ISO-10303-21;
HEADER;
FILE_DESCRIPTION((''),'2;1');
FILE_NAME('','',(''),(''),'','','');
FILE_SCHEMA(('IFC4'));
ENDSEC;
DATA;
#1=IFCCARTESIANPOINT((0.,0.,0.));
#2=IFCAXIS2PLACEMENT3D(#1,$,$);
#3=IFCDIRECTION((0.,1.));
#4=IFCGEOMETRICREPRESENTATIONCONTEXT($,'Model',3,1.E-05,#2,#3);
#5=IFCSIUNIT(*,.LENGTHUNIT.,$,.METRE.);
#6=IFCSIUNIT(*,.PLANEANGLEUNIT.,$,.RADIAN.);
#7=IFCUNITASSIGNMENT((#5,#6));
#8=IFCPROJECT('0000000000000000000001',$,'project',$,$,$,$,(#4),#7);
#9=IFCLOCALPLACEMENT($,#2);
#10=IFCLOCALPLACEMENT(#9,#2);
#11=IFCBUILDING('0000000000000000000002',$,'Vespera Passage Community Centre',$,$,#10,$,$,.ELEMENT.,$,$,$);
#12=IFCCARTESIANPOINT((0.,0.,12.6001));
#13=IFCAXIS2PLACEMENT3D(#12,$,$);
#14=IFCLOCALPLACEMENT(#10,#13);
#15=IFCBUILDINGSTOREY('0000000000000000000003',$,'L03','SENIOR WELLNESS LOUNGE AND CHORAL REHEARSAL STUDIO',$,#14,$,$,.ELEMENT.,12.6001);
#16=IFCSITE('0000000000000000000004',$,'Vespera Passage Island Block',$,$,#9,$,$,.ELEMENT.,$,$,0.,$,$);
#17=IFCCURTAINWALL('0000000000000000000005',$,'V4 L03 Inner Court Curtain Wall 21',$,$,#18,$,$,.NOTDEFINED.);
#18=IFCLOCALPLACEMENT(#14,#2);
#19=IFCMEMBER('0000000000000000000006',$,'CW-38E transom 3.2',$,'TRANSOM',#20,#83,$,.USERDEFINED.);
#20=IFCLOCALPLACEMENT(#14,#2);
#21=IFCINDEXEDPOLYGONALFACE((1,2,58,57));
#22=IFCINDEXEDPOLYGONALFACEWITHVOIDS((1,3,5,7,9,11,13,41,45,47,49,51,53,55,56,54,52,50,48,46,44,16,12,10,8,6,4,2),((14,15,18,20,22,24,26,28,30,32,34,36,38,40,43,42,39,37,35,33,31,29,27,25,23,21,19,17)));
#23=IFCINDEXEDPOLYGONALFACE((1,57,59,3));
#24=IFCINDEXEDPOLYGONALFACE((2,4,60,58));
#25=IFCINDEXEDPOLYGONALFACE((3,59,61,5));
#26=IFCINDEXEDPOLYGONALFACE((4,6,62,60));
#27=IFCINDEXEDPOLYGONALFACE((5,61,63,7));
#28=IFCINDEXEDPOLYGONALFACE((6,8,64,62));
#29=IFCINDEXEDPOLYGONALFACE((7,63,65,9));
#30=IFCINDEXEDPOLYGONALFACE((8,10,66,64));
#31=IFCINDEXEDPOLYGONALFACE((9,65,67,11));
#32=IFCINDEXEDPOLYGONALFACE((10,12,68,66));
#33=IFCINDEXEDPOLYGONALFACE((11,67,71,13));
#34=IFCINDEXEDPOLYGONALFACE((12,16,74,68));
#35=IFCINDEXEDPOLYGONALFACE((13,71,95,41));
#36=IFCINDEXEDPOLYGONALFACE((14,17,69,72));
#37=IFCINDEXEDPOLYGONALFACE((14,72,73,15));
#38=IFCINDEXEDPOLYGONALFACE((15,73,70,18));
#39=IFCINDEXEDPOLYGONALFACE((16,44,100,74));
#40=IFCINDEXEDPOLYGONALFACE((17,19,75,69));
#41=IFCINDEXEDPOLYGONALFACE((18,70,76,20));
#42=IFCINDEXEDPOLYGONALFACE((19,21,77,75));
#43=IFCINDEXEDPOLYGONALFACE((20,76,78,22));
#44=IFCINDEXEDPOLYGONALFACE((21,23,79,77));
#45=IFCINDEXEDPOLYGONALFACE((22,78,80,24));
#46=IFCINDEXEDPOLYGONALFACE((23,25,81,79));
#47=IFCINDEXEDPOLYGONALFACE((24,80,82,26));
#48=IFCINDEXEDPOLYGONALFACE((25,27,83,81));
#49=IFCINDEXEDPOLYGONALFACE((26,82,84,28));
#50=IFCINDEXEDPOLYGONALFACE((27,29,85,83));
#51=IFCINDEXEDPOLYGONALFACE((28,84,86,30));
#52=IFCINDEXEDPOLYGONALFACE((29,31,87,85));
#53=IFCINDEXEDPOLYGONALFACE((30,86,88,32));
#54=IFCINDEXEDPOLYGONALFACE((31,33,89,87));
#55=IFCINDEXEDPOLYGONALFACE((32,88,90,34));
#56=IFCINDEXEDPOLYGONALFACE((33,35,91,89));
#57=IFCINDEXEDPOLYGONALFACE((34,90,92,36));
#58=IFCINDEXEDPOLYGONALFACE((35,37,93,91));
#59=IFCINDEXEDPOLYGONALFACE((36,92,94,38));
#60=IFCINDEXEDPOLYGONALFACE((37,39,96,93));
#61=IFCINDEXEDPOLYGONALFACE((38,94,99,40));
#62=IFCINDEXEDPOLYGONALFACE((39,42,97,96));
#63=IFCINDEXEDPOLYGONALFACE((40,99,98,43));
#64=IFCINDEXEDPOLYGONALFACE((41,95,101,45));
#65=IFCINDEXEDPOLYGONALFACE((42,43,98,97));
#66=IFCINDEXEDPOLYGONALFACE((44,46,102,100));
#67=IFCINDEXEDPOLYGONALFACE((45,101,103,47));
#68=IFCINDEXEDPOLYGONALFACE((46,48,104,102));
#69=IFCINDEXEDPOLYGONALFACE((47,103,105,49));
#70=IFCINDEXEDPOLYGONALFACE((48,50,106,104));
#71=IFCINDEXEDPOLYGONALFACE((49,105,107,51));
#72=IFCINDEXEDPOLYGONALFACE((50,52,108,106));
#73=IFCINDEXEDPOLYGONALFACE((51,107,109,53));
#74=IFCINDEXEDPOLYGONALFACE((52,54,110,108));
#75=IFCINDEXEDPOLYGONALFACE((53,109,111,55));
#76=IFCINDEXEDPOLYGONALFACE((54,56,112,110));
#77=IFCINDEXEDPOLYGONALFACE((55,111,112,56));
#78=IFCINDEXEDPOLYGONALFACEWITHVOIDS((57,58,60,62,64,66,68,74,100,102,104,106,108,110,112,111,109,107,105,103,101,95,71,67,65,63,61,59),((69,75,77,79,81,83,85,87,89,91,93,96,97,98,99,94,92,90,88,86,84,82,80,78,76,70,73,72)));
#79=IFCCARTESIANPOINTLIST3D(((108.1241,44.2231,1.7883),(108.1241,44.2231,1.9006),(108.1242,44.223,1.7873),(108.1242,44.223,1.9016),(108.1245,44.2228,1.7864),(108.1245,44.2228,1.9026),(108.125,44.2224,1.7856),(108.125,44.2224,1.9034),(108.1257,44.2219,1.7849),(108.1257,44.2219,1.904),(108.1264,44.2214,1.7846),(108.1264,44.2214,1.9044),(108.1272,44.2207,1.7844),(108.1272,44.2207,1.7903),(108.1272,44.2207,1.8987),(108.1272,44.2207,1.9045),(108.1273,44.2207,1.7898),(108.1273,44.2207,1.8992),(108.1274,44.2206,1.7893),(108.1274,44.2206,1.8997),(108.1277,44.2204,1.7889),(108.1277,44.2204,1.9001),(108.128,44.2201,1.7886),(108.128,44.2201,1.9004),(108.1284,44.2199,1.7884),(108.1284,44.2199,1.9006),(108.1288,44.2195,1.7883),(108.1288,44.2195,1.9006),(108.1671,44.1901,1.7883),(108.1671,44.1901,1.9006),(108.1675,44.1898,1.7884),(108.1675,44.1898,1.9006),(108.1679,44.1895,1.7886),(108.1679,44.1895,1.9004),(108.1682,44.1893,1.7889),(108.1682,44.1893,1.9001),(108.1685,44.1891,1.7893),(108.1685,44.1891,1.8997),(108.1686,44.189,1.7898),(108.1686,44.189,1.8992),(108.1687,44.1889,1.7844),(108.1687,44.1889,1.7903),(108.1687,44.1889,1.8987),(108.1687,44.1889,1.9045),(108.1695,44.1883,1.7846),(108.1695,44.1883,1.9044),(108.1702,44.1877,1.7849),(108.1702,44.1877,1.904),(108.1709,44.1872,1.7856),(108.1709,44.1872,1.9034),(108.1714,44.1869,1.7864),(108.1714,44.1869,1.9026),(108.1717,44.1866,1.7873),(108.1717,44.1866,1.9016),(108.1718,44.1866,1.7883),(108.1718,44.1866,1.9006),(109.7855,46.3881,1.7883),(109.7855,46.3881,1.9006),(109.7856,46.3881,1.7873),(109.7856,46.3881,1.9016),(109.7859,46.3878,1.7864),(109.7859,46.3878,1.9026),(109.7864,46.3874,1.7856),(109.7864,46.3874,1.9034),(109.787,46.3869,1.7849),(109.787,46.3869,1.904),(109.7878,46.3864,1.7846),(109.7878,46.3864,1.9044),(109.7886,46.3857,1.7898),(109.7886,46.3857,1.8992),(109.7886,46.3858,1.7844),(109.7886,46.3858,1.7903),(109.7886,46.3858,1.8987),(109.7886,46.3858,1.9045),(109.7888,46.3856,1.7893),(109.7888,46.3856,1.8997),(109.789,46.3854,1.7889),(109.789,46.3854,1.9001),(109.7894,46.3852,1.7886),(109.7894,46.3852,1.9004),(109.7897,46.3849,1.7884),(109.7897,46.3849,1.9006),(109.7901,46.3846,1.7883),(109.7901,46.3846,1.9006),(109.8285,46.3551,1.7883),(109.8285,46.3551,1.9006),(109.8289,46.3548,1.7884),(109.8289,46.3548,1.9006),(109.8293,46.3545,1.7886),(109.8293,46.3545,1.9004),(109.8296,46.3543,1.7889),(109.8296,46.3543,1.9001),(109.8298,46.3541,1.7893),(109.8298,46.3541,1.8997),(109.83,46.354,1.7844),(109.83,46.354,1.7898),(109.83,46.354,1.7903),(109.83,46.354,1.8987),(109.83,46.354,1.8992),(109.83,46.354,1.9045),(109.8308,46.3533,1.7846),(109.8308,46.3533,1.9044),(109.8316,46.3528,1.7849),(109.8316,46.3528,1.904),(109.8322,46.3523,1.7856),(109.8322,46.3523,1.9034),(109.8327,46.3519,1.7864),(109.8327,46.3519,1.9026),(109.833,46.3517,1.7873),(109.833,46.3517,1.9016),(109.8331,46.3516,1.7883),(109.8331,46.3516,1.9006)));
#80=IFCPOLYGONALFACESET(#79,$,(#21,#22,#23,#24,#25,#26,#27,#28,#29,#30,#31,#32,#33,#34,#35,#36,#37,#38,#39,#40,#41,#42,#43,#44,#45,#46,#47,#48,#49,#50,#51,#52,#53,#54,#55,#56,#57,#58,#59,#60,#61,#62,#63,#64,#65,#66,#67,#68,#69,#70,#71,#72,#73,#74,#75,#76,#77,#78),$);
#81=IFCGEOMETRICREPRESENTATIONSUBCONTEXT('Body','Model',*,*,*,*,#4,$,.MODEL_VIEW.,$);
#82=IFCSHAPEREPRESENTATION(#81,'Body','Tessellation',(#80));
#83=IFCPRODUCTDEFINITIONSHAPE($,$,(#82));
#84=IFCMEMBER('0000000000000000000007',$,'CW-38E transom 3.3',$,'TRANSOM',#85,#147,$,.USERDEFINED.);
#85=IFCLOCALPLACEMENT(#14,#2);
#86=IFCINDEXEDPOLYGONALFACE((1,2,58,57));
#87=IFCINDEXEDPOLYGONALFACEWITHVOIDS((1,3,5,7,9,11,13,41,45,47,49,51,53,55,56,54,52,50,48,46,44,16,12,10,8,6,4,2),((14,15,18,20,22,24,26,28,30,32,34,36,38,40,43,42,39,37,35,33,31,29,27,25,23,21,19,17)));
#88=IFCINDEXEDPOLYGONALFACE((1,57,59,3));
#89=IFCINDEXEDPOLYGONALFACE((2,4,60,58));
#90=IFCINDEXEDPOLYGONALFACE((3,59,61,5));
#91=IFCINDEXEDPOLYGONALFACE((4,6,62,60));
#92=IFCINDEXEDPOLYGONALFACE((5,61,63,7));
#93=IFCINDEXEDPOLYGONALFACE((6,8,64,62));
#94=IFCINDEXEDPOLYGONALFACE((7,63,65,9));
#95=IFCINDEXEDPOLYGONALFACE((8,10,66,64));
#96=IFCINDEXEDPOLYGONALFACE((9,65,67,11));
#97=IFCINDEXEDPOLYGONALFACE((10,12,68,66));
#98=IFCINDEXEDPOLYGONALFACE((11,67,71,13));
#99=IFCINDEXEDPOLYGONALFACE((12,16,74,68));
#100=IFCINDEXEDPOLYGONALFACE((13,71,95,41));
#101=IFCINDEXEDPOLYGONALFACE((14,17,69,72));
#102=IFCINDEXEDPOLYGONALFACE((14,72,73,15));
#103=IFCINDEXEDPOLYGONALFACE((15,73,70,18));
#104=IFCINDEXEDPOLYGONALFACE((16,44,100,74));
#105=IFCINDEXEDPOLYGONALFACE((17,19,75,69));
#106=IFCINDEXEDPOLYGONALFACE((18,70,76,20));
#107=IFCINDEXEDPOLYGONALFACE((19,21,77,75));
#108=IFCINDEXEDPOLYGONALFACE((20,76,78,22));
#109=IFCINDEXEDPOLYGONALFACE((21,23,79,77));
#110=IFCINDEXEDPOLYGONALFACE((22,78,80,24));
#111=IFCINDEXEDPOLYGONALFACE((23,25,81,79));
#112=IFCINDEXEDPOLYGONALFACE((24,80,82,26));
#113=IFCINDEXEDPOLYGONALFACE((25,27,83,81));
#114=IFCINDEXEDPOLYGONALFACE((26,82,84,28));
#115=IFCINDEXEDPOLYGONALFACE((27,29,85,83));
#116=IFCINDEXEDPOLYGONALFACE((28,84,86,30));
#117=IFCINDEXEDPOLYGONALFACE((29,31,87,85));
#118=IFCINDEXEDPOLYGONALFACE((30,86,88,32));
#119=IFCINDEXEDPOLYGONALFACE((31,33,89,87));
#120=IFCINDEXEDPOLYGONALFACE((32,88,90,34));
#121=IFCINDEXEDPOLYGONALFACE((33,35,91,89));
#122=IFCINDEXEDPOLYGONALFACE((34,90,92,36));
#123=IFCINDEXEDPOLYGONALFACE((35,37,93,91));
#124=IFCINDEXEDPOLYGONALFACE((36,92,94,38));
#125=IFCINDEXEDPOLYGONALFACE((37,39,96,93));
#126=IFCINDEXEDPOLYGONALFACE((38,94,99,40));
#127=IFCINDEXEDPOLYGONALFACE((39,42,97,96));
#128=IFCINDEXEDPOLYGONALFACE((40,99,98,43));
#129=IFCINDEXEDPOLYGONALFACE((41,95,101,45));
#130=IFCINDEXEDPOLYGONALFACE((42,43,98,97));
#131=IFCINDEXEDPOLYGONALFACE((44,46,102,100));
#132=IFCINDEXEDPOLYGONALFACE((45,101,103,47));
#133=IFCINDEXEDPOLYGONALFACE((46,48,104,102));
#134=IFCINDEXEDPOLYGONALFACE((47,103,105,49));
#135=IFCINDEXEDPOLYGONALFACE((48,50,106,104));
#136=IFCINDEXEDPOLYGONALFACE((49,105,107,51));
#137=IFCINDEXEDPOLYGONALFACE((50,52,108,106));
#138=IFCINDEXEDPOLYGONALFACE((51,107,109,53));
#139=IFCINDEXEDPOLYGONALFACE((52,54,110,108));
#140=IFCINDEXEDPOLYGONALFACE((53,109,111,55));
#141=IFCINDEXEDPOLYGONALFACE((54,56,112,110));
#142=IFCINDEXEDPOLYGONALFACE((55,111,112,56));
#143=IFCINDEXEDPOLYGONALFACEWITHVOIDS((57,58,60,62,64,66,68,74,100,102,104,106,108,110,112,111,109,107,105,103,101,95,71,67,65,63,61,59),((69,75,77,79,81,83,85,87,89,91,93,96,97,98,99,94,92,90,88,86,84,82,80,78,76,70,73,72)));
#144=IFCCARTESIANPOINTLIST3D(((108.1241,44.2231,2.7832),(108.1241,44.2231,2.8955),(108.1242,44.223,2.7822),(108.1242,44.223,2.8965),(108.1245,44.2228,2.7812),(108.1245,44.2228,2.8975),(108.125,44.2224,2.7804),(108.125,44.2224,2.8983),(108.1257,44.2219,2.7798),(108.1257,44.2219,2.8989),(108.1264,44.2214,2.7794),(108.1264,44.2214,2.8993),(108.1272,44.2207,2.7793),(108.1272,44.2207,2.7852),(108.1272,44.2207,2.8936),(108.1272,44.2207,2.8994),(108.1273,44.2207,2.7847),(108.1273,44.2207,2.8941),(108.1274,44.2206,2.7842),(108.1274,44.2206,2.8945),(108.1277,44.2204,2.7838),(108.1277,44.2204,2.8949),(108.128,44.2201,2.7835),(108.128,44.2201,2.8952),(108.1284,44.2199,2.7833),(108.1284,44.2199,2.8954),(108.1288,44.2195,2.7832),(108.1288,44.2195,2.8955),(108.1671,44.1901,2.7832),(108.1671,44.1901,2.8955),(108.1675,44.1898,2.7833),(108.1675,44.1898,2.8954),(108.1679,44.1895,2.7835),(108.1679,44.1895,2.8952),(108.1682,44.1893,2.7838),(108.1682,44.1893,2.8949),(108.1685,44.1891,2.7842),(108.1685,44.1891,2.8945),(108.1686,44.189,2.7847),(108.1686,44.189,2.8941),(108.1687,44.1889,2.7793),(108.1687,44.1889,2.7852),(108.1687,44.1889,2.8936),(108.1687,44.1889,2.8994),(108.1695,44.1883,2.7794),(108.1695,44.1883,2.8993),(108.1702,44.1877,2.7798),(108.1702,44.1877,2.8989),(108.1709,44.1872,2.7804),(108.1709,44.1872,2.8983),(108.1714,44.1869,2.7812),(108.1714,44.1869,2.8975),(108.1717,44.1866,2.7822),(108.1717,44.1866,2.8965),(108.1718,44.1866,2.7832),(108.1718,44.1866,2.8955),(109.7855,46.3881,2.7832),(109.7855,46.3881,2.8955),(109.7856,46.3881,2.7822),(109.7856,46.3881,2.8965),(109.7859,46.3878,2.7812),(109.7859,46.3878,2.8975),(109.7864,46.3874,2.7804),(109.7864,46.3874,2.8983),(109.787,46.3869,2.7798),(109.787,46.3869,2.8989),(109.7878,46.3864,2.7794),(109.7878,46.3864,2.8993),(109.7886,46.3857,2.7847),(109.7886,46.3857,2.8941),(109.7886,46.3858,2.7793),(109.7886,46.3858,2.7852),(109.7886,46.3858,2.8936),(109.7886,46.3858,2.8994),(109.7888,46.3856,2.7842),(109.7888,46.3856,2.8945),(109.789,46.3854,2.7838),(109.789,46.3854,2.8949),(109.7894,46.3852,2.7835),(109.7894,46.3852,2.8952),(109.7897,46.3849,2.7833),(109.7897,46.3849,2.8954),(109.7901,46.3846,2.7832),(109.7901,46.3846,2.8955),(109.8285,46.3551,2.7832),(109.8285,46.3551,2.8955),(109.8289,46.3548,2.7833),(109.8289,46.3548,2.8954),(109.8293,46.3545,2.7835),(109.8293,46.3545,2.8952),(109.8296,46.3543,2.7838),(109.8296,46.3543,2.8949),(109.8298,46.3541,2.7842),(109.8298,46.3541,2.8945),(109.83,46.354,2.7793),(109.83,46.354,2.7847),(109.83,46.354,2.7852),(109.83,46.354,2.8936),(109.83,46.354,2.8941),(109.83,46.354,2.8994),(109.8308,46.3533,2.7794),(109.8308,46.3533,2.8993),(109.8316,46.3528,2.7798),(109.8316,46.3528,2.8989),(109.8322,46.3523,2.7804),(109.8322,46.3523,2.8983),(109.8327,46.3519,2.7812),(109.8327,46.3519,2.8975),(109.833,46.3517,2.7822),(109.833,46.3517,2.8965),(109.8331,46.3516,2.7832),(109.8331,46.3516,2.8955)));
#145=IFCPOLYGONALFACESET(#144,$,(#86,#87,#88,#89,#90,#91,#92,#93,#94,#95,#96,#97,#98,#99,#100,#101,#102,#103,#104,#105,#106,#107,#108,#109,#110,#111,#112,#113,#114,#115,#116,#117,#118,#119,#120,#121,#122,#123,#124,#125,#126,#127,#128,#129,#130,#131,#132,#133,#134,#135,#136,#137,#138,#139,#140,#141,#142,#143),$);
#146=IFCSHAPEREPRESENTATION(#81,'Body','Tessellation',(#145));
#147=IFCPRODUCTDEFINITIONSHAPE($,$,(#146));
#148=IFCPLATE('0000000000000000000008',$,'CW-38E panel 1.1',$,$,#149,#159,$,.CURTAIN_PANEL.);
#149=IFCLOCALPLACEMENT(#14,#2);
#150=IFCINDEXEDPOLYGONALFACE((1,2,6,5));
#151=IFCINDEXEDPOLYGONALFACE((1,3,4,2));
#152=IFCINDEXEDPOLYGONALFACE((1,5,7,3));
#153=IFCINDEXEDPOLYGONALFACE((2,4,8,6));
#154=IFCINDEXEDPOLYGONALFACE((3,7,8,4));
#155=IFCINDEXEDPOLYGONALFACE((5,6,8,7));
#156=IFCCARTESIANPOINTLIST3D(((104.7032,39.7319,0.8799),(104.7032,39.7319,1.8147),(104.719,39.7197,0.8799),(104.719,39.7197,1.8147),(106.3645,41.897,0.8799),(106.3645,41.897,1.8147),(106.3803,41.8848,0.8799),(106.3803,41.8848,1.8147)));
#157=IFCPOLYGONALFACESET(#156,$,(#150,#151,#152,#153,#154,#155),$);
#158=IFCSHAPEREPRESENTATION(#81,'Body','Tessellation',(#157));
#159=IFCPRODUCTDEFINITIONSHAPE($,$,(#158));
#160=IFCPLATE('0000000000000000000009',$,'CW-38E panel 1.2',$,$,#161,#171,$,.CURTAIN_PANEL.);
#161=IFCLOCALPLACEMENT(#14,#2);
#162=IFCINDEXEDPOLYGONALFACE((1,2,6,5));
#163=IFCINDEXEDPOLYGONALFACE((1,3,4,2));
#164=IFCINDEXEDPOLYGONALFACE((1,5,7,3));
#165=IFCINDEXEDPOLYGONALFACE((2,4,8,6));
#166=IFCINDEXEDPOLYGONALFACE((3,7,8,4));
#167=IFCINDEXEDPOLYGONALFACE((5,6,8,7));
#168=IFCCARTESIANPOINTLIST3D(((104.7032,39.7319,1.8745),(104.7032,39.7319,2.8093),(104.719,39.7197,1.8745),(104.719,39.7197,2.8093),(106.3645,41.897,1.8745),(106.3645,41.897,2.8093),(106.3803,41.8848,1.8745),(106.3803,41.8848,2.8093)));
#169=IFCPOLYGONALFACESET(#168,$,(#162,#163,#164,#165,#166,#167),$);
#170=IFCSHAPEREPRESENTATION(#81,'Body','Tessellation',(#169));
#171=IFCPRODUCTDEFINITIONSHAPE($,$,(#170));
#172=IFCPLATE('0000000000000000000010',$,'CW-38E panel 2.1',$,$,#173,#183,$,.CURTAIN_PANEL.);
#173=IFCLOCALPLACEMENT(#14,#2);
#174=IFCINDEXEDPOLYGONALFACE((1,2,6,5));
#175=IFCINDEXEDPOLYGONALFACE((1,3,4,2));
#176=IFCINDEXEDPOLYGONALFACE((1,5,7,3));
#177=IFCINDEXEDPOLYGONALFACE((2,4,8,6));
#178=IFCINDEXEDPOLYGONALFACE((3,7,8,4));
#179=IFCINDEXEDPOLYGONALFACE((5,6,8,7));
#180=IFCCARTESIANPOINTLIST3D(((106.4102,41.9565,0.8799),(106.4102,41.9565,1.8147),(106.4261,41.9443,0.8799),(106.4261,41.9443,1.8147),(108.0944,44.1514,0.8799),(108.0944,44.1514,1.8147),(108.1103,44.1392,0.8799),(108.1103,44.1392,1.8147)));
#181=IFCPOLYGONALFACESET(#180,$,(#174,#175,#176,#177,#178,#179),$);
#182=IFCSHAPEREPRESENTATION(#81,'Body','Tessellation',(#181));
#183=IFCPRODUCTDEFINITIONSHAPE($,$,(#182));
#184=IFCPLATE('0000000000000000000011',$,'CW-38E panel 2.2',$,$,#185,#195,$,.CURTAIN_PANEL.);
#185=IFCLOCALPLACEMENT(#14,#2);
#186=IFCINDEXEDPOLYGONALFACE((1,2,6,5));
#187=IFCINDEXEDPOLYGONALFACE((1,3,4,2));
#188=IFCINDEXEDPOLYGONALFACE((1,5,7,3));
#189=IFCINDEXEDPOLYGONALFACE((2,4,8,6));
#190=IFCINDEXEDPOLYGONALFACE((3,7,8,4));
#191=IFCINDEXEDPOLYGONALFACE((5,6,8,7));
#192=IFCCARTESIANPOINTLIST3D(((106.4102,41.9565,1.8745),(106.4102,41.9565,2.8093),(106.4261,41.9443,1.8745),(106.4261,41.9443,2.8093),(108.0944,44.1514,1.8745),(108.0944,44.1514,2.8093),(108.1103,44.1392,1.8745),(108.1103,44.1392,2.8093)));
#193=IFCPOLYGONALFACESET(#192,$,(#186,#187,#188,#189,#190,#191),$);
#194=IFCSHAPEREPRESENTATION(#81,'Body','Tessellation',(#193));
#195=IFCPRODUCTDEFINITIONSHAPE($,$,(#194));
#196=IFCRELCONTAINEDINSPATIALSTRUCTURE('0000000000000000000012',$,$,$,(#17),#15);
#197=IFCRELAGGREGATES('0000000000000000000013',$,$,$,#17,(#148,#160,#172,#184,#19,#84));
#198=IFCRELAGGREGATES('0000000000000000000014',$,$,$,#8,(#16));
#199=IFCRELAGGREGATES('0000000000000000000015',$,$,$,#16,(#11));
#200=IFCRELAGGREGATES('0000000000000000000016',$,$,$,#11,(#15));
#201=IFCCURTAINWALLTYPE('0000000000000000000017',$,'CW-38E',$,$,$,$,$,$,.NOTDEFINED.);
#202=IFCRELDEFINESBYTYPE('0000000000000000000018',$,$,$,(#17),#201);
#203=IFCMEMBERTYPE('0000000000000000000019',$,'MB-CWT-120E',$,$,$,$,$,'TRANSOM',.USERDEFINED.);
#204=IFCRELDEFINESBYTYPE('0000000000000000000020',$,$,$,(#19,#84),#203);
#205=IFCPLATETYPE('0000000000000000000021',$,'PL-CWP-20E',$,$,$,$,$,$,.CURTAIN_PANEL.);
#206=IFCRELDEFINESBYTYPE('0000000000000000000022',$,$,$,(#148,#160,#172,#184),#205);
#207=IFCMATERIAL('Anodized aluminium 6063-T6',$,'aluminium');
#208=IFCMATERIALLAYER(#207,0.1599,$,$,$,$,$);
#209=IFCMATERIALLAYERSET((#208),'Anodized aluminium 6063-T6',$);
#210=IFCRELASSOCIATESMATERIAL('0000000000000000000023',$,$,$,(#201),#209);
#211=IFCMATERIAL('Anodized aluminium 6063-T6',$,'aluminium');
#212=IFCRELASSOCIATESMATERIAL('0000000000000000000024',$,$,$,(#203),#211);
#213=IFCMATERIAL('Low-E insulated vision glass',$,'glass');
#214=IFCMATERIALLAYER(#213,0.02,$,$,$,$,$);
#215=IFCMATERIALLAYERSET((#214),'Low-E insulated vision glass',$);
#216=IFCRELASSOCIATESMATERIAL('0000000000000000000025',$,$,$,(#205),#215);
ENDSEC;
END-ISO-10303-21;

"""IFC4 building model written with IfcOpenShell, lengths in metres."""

from ifc_helpers import new_model, si_unit, direction, frame, origin, origin_2d, place, context, subcontext, project, spatial, rectangle, hollow_rectangle, extrude, material, layer, layer_set, material_profile, profile_set, type_object, element, aggregate, save


model = new_model("IFC4")

# Units and contexts
model_context = context("Model", 3, precision=1e-05, world=origin(), true_north=direction((0.0, 1.0)))
body_context = subcontext(model_context, "Body", "Model", "MODEL_VIEW")
ifc_project = project(units=[si_unit("LENGTHUNIT", "METRE"), si_unit("PLANEANGLEUNIT", "RADIAN")], contexts=[model_context])

# Site, building, storey
site_placement = place(None, origin())
site = spatial("IfcSite", under=ifc_project, at=site_placement, Name="Vespera Passage Island Block", CompositionType="ELEMENT", RefElevation=0.0)
building_placement = place(site_placement, origin())
building = spatial("IfcBuilding", under=site, at=building_placement, Name="Vespera Passage Community Centre", CompositionType="ELEMENT")
storey_placement = place(building_placement, frame((0.0, 0.0, 12.6001)))
storey = spatial("IfcBuildingStorey", under=building, at=storey_placement, Name="L03", Description="SENIOR WELLNESS LOUNGE AND CHORAL REHEARSAL STUDIO", CompositionType="ELEMENT", Elevation=12.6001)

# Curtain wall, members, plates
ifc_material_1 = material(Name="Anodized aluminium 6063-T6", Category="aluminium")
ifc_layer_1 = layer(ifc_material_1, 0.1599)
ifc_layer_set_1 = layer_set([ifc_layer_1], Name="Anodized aluminium 6063-T6")
curtain_wall_type = type_object("IfcCurtainWallType", Name="CW-38E", PredefinedType="NOTDEFINED", material=ifc_layer_set_1)
curtain_wall_placement = place(storey_placement, origin())
curtain_wall = element("IfcCurtainWall", 1, at=curtain_wall_placement, inside=storey, type_object=curtain_wall_type, Name="V4 L03 Inner Court Curtain Wall 21", PredefinedType="NOTDEFINED")
ifc_material_2 = material(Name="Anodized aluminium 6063-T6", Category="aluminium")
ifc_material_profile_1 = material_profile(ifc_material_2, hollow_rectangle(XDim=0.0601, YDim=0.1201, WallThickness=0.0039, InnerFilletRadius=0.002, OuterFilletRadius=0.0039, at=origin_2d()), Name="ALU120X60X4")
ifc_profile_set_1 = profile_set([ifc_material_profile_1], Name="Anodized aluminium 6063-T6")
member_type_1 = type_object("IfcMemberType", Name="MB-CWT-120E", ElementType="TRANSOM", PredefinedType="USERDEFINED", material=ifc_profile_set_1)
member_1_placement = place(storey_placement, frame((108.1479, 44.2048, 1.8445), z_axis=(0.608781, 0.793338, 0.0), x_axis=(-0.793338, 0.608781, 0.0)))
member_1 = element("IfcMember", 2, at=member_1_placement, type_object=member_type_1, Name="CW-38E transom 3.2", ObjectType="TRANSOM", PredefinedType="USERDEFINED", context=body_context, shape_type="SweptSolid", body=[
    extrude(hollow_rectangle(XDim=0.0601, YDim=0.1201, WallThickness=0.0039, InnerFilletRadius=0.002, OuterFilletRadius=0.0039, at=origin_2d()), origin(), (0.0, 0.0, 1.0), 2.729),
])
member_2_placement = place(storey_placement, frame((108.1479, 44.2048, 2.8394), z_axis=(0.608781, 0.793338, 0.0), x_axis=(-0.793338, 0.608781, 0.0)))
member_2 = element("IfcMember", 3, at=member_2_placement, type_object=member_type_1, Name="CW-38E transom 3.3", ObjectType="TRANSOM", PredefinedType="USERDEFINED", context=body_context, shape_type="SweptSolid", body=[
    extrude(hollow_rectangle(XDim=0.0601, YDim=0.1201, WallThickness=0.0039, InnerFilletRadius=0.002, OuterFilletRadius=0.0039, at=origin_2d()), origin(), (0.0, 0.0, 1.0), 2.729),
])
ifc_material_3 = material(Name="Low-E insulated vision glass", Category="glass")
ifc_layer_2 = layer(ifc_material_3, 0.02)
ifc_layer_set_2 = layer_set([ifc_layer_2], Name="Low-E insulated vision glass")
plate_type = type_object("IfcPlateType", Name="PL-CWP-20E", PredefinedType="CURTAIN_PANEL", material=ifc_layer_set_2)
plate_1_placement = place(storey_placement, frame((105.5417, 40.8083, 0.8799), z_axis=(0.0, 0.0, 1.0), x_axis=(0.608755, 0.793358, 0.0)))
plate_1 = element("IfcPlate", 4, at=plate_1_placement, type_object=plate_type, Name="CW-38E panel 1.1", PredefinedType="CURTAIN_PANEL", context=body_context, shape_type="SweptSolid", body=[
    extrude(rectangle(XDim=2.729, YDim=0.02, at=origin_2d()), origin(), (0.0, 0.0, 1.0), 0.9348),
])
plate_2_placement = place(storey_placement, frame((105.5417, 40.8083, 1.8745), z_axis=(0.0, 0.0, 1.0), x_axis=(0.608755, 0.793358, 0.0)))
plate_2 = element("IfcPlate", 5, at=plate_2_placement, type_object=plate_type, Name="CW-38E panel 1.2", PredefinedType="CURTAIN_PANEL", context=body_context, shape_type="SweptSolid", body=[
    extrude(rectangle(XDim=2.729, YDim=0.02, at=origin_2d()), origin(), (0.0, 0.0, 1.0), 0.9348),
])
plate_3_placement = place(storey_placement, frame((107.2603, 43.0479, 0.8799), z_axis=(0.0, 0.0, 1.0), x_axis=(0.608755, 0.793358, 0.0)))
plate_3 = element("IfcPlate", 6, at=plate_3_placement, type_object=plate_type, Name="CW-38E panel 2.1", PredefinedType="CURTAIN_PANEL", context=body_context, shape_type="SweptSolid", body=[
    extrude(rectangle(XDim=2.7666, YDim=0.02, at=origin_2d()), origin(), (0.0, 0.0, 1.0), 0.9348),
])
plate_4_placement = place(storey_placement, frame((107.2603, 43.0479, 1.8745), z_axis=(0.0, 0.0, 1.0), x_axis=(0.608755, 0.793358, 0.0)))
plate_4 = element("IfcPlate", 7, at=plate_4_placement, type_object=plate_type, Name="CW-38E panel 2.2", PredefinedType="CURTAIN_PANEL", context=body_context, shape_type="SweptSolid", body=[
    extrude(rectangle(XDim=2.7666, YDim=0.02, at=origin_2d()), origin(), (0.0, 0.0, 1.0), 0.9348),
])
aggregate(curtain_wall, [plate_1, plate_2, plate_3, plate_4, member_1, member_2])

save(model, "model.ifc")
